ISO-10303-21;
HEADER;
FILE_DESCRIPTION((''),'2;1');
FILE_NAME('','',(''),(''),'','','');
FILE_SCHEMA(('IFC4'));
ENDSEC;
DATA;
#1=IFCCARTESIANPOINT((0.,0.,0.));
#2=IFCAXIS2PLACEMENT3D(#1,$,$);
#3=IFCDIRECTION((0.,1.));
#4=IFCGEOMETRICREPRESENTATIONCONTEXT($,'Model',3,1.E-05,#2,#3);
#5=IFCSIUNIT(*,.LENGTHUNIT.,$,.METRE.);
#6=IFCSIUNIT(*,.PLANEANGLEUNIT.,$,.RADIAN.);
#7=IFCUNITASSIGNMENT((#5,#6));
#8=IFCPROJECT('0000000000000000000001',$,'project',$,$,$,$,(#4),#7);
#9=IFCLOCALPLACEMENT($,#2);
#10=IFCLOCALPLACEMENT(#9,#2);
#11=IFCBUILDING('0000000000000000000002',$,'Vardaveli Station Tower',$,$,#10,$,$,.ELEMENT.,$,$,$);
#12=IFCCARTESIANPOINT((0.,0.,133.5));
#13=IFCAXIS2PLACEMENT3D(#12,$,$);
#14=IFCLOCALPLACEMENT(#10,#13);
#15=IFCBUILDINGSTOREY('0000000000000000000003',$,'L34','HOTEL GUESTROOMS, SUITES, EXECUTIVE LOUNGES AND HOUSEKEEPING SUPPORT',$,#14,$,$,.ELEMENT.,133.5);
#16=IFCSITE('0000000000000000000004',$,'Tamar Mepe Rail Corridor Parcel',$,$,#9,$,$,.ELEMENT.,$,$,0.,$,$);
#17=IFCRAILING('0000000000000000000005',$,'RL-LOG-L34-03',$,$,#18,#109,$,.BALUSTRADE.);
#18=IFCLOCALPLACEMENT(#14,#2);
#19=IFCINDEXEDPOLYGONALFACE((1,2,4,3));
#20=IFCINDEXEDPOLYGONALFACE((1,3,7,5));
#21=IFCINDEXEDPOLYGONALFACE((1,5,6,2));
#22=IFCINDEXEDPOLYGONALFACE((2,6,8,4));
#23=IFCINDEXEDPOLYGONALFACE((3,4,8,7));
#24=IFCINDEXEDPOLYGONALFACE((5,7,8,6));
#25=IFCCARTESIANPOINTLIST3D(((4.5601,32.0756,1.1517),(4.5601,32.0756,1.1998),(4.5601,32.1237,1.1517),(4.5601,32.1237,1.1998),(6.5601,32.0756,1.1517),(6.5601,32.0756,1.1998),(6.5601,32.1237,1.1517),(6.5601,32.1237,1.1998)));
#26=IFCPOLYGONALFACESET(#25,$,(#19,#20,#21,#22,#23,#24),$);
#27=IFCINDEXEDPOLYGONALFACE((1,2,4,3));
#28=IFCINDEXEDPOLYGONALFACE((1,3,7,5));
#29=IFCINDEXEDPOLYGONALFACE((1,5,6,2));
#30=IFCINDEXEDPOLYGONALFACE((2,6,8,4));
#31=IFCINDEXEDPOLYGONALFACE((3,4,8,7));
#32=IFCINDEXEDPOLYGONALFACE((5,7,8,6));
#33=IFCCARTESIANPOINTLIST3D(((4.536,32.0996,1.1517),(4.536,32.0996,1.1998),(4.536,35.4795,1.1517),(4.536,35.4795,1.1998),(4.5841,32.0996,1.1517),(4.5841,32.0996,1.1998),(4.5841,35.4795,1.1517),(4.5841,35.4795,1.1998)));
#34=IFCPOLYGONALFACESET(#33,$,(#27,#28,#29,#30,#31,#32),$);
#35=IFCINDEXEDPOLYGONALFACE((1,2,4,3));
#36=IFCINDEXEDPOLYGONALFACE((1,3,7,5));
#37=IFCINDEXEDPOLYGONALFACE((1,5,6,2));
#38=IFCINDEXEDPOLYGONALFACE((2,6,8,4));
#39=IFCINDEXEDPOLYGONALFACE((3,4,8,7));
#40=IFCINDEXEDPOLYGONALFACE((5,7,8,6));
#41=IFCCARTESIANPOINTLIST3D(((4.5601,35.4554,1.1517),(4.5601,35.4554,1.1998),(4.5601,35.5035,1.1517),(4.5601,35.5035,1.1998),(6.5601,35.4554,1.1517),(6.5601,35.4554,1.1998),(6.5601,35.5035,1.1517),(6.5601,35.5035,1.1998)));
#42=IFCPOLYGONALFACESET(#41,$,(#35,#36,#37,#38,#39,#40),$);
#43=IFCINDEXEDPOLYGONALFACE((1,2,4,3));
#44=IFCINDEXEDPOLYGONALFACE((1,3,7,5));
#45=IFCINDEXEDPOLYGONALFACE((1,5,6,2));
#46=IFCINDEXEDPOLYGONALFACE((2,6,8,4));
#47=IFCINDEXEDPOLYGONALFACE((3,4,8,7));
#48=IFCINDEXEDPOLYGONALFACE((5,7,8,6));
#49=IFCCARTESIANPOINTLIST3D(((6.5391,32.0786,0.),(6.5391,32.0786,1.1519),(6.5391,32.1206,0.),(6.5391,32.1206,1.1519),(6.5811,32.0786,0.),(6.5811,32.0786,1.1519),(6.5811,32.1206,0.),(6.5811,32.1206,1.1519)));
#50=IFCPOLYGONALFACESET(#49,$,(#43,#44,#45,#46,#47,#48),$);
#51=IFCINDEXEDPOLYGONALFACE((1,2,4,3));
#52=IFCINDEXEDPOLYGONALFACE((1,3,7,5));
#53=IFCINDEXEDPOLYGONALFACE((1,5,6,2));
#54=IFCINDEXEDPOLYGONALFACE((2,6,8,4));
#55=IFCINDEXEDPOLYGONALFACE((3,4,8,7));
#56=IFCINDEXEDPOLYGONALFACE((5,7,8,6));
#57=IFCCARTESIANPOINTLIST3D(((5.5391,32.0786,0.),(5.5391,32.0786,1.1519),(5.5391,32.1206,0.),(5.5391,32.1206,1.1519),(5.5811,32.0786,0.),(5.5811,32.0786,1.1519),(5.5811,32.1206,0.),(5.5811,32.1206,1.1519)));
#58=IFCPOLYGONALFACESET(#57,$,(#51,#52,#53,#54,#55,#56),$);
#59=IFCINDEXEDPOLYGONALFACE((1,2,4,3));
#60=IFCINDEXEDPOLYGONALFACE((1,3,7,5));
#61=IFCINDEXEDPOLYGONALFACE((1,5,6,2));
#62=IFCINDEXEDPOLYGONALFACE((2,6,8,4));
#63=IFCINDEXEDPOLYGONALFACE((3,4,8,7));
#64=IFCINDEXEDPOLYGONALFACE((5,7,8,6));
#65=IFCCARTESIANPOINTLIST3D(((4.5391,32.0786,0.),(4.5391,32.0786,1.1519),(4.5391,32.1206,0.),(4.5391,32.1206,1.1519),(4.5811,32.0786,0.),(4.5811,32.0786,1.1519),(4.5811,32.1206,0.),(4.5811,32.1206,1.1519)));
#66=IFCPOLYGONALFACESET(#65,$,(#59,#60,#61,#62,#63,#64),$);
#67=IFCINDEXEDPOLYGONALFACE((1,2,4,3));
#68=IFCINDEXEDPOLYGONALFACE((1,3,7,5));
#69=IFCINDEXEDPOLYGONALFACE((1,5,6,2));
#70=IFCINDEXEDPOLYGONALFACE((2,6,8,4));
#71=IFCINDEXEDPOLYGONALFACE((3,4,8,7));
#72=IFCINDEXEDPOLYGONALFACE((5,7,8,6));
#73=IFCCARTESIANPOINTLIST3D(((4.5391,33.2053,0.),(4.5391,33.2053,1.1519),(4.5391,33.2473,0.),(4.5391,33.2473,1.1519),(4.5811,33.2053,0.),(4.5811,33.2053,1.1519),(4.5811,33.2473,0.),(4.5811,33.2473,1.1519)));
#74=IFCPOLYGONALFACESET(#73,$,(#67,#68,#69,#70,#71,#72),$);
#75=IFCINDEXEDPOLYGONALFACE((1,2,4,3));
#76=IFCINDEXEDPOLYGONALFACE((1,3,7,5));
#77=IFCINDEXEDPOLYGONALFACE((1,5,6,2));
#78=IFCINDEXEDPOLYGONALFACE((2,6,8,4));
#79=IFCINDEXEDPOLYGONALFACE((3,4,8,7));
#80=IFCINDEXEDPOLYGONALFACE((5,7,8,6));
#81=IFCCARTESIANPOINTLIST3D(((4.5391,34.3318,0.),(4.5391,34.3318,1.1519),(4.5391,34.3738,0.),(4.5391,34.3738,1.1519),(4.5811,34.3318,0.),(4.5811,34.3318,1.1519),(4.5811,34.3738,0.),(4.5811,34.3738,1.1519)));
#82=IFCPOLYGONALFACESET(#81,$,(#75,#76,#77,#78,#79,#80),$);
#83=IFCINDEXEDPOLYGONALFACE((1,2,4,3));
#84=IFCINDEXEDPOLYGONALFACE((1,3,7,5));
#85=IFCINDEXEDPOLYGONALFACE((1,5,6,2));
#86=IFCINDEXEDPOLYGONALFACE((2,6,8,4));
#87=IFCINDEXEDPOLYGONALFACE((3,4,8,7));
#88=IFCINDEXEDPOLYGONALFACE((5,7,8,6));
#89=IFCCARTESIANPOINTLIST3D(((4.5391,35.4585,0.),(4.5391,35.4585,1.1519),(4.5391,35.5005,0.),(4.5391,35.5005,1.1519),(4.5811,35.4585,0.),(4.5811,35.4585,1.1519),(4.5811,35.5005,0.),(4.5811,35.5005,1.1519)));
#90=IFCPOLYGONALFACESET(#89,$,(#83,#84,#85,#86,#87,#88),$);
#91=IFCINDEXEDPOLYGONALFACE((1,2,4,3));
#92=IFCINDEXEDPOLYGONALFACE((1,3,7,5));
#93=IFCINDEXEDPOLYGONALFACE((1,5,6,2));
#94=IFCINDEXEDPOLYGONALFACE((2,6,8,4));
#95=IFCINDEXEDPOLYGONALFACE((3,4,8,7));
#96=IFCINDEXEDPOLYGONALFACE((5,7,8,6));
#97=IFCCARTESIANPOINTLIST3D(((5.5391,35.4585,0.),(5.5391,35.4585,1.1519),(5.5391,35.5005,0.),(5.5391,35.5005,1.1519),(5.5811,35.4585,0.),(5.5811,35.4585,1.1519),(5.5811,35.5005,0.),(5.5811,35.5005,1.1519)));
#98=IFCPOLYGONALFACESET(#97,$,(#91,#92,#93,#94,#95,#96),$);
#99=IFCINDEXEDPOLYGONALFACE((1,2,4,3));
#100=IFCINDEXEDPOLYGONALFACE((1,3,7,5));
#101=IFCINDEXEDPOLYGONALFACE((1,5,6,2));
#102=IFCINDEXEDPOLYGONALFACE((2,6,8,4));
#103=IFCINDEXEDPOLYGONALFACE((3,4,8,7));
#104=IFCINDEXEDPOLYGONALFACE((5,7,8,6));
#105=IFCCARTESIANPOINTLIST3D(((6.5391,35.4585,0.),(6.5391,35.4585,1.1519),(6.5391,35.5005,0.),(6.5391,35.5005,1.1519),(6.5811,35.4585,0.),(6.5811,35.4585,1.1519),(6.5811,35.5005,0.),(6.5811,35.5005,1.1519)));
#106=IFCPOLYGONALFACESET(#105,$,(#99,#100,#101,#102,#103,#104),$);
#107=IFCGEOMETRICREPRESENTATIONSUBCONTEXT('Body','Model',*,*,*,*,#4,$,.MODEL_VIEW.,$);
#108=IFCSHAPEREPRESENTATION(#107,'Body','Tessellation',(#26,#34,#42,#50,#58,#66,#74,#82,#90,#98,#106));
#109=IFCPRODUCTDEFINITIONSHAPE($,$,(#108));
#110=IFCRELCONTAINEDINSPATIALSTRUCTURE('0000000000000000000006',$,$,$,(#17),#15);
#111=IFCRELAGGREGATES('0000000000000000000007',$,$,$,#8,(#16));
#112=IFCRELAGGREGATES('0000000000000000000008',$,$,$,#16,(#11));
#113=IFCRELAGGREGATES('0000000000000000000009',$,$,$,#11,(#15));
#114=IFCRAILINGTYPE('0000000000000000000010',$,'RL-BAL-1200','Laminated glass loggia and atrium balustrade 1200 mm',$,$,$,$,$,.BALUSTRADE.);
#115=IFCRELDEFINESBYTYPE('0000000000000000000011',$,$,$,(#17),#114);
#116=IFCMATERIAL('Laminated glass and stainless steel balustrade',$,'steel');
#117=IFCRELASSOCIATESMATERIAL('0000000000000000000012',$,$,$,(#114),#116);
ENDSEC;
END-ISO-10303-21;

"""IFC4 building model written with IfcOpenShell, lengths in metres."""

from ifc_helpers import new_model, si_unit, direction, frame, origin, origin_2d, place, context, subcontext, project, spatial, rectangle, extrude, source, transform, mapped, material, type_object, element, save


model = new_model("IFC4")

# Units and contexts
model_context = context("Model", 3, precision=1e-05, world=origin(), true_north=direction((0.0, 1.0)))
body_context = subcontext(model_context, "Body", "Model", "MODEL_VIEW")
ifc_project = project(units=[si_unit("LENGTHUNIT", "METRE"), si_unit("PLANEANGLEUNIT", "RADIAN")], contexts=[model_context])

# Site, building, storey
site_placement = place(None, origin())
site = spatial("IfcSite", under=ifc_project, at=site_placement, Name="Tamar Mepe Rail Corridor Parcel", CompositionType="ELEMENT", RefElevation=0.0)
building_placement = place(site_placement, origin())
building = spatial("IfcBuilding", under=site, at=building_placement, Name="Vardaveli Station Tower", CompositionType="ELEMENT")
storey_placement = place(building_placement, frame((0.0, 0.0, 133.5)))
storey = spatial("IfcBuildingStorey", under=building, at=storey_placement, Name="L34", Description="HOTEL GUESTROOMS, SUITES, EXECUTIVE LOUNGES AND HOUSEKEEPING SUPPORT", CompositionType="ELEMENT", Elevation=133.5)

# Railing
ifc_material_1 = material(Name="Laminated glass and stainless steel balustrade", Category="steel")
railing_type = type_object("IfcRailingType", Name="RL-BAL-1200", Description="Laminated glass loggia and atrium balustrade 1200 mm", PredefinedType="BALUSTRADE", material=ifc_material_1)
shared_shape_1 = source(origin(), body_context, "Body", "SweptSolid", [
    extrude(rectangle(XDim=0.0481, YDim=0.0481, at=origin_2d()), frame((0.0, 0.0, 1.1758), z_axis=(-1.0, 0.0, 0.0), x_axis=(0.0, -1.0, 0.0)), (0.0, 0.0, 1.0), 2.0),
    extrude(rectangle(XDim=0.0481, YDim=0.0481, at=origin_2d()), frame((-2.0, 0.0, 1.1758), z_axis=(0.0, 1.0, 0.0), x_axis=(-1.0, 0.0, 0.0)), (0.0, 0.0, 1.0), 3.3799),
    extrude(rectangle(XDim=0.0481, YDim=0.0481, at=origin_2d()), frame((-2.0, 3.3799, 1.1758), z_axis=(1.0, 0.0, 0.0), x_axis=(0.0, 1.0, 0.0)), (0.0, 0.0, 1.0), 2.0),
    extrude(rectangle(XDim=0.042, YDim=0.042, at=origin_2d()), origin(), (0.0, 0.0, 1.0), 1.1519),
    extrude(rectangle(XDim=0.042, YDim=0.042, at=origin_2d()), frame((-1.0, 0.0, 0.0)), (0.0, 0.0, 1.0), 1.1519),
    extrude(rectangle(XDim=0.042, YDim=0.042, at=origin_2d()), frame((-2.0, 0.0, 0.0)), (0.0, 0.0, 1.0), 1.1519),
    extrude(rectangle(XDim=0.042, YDim=0.042, at=origin_2d()), frame((-2.0, 1.1267, 0.0)), (0.0, 0.0, 1.0), 1.1519),
    extrude(rectangle(XDim=0.042, YDim=0.042, at=origin_2d()), frame((-2.0, 2.2532, 0.0)), (0.0, 0.0, 1.0), 1.1519),
    extrude(rectangle(XDim=0.042, YDim=0.042, at=origin_2d()), frame((-2.0, 3.3799, 0.0)), (0.0, 0.0, 1.0), 1.1519),
    extrude(rectangle(XDim=0.042, YDim=0.042, at=origin_2d()), frame((-1.0, 3.3799, 0.0)), (0.0, 0.0, 1.0), 1.1519),
    extrude(rectangle(XDim=0.042, YDim=0.042, at=origin_2d()), frame((0.0, 3.3799, 0.0)), (0.0, 0.0, 1.0), 1.1519),
])
railing_placement = place(storey_placement, frame((6.5601, 32.0996, 0.0)))
element("IfcRailing", 1, at=railing_placement, inside=storey, type_object=railing_type, Name="RL-LOG-L34-03", PredefinedType="BALUSTRADE", context=body_context, shape_type="MappedRepresentation", body=[
    mapped(shared_shape_1, transform((0.0, 0.0, 0.0), scale=1.0)),
])

save(model, "model.ifc")
